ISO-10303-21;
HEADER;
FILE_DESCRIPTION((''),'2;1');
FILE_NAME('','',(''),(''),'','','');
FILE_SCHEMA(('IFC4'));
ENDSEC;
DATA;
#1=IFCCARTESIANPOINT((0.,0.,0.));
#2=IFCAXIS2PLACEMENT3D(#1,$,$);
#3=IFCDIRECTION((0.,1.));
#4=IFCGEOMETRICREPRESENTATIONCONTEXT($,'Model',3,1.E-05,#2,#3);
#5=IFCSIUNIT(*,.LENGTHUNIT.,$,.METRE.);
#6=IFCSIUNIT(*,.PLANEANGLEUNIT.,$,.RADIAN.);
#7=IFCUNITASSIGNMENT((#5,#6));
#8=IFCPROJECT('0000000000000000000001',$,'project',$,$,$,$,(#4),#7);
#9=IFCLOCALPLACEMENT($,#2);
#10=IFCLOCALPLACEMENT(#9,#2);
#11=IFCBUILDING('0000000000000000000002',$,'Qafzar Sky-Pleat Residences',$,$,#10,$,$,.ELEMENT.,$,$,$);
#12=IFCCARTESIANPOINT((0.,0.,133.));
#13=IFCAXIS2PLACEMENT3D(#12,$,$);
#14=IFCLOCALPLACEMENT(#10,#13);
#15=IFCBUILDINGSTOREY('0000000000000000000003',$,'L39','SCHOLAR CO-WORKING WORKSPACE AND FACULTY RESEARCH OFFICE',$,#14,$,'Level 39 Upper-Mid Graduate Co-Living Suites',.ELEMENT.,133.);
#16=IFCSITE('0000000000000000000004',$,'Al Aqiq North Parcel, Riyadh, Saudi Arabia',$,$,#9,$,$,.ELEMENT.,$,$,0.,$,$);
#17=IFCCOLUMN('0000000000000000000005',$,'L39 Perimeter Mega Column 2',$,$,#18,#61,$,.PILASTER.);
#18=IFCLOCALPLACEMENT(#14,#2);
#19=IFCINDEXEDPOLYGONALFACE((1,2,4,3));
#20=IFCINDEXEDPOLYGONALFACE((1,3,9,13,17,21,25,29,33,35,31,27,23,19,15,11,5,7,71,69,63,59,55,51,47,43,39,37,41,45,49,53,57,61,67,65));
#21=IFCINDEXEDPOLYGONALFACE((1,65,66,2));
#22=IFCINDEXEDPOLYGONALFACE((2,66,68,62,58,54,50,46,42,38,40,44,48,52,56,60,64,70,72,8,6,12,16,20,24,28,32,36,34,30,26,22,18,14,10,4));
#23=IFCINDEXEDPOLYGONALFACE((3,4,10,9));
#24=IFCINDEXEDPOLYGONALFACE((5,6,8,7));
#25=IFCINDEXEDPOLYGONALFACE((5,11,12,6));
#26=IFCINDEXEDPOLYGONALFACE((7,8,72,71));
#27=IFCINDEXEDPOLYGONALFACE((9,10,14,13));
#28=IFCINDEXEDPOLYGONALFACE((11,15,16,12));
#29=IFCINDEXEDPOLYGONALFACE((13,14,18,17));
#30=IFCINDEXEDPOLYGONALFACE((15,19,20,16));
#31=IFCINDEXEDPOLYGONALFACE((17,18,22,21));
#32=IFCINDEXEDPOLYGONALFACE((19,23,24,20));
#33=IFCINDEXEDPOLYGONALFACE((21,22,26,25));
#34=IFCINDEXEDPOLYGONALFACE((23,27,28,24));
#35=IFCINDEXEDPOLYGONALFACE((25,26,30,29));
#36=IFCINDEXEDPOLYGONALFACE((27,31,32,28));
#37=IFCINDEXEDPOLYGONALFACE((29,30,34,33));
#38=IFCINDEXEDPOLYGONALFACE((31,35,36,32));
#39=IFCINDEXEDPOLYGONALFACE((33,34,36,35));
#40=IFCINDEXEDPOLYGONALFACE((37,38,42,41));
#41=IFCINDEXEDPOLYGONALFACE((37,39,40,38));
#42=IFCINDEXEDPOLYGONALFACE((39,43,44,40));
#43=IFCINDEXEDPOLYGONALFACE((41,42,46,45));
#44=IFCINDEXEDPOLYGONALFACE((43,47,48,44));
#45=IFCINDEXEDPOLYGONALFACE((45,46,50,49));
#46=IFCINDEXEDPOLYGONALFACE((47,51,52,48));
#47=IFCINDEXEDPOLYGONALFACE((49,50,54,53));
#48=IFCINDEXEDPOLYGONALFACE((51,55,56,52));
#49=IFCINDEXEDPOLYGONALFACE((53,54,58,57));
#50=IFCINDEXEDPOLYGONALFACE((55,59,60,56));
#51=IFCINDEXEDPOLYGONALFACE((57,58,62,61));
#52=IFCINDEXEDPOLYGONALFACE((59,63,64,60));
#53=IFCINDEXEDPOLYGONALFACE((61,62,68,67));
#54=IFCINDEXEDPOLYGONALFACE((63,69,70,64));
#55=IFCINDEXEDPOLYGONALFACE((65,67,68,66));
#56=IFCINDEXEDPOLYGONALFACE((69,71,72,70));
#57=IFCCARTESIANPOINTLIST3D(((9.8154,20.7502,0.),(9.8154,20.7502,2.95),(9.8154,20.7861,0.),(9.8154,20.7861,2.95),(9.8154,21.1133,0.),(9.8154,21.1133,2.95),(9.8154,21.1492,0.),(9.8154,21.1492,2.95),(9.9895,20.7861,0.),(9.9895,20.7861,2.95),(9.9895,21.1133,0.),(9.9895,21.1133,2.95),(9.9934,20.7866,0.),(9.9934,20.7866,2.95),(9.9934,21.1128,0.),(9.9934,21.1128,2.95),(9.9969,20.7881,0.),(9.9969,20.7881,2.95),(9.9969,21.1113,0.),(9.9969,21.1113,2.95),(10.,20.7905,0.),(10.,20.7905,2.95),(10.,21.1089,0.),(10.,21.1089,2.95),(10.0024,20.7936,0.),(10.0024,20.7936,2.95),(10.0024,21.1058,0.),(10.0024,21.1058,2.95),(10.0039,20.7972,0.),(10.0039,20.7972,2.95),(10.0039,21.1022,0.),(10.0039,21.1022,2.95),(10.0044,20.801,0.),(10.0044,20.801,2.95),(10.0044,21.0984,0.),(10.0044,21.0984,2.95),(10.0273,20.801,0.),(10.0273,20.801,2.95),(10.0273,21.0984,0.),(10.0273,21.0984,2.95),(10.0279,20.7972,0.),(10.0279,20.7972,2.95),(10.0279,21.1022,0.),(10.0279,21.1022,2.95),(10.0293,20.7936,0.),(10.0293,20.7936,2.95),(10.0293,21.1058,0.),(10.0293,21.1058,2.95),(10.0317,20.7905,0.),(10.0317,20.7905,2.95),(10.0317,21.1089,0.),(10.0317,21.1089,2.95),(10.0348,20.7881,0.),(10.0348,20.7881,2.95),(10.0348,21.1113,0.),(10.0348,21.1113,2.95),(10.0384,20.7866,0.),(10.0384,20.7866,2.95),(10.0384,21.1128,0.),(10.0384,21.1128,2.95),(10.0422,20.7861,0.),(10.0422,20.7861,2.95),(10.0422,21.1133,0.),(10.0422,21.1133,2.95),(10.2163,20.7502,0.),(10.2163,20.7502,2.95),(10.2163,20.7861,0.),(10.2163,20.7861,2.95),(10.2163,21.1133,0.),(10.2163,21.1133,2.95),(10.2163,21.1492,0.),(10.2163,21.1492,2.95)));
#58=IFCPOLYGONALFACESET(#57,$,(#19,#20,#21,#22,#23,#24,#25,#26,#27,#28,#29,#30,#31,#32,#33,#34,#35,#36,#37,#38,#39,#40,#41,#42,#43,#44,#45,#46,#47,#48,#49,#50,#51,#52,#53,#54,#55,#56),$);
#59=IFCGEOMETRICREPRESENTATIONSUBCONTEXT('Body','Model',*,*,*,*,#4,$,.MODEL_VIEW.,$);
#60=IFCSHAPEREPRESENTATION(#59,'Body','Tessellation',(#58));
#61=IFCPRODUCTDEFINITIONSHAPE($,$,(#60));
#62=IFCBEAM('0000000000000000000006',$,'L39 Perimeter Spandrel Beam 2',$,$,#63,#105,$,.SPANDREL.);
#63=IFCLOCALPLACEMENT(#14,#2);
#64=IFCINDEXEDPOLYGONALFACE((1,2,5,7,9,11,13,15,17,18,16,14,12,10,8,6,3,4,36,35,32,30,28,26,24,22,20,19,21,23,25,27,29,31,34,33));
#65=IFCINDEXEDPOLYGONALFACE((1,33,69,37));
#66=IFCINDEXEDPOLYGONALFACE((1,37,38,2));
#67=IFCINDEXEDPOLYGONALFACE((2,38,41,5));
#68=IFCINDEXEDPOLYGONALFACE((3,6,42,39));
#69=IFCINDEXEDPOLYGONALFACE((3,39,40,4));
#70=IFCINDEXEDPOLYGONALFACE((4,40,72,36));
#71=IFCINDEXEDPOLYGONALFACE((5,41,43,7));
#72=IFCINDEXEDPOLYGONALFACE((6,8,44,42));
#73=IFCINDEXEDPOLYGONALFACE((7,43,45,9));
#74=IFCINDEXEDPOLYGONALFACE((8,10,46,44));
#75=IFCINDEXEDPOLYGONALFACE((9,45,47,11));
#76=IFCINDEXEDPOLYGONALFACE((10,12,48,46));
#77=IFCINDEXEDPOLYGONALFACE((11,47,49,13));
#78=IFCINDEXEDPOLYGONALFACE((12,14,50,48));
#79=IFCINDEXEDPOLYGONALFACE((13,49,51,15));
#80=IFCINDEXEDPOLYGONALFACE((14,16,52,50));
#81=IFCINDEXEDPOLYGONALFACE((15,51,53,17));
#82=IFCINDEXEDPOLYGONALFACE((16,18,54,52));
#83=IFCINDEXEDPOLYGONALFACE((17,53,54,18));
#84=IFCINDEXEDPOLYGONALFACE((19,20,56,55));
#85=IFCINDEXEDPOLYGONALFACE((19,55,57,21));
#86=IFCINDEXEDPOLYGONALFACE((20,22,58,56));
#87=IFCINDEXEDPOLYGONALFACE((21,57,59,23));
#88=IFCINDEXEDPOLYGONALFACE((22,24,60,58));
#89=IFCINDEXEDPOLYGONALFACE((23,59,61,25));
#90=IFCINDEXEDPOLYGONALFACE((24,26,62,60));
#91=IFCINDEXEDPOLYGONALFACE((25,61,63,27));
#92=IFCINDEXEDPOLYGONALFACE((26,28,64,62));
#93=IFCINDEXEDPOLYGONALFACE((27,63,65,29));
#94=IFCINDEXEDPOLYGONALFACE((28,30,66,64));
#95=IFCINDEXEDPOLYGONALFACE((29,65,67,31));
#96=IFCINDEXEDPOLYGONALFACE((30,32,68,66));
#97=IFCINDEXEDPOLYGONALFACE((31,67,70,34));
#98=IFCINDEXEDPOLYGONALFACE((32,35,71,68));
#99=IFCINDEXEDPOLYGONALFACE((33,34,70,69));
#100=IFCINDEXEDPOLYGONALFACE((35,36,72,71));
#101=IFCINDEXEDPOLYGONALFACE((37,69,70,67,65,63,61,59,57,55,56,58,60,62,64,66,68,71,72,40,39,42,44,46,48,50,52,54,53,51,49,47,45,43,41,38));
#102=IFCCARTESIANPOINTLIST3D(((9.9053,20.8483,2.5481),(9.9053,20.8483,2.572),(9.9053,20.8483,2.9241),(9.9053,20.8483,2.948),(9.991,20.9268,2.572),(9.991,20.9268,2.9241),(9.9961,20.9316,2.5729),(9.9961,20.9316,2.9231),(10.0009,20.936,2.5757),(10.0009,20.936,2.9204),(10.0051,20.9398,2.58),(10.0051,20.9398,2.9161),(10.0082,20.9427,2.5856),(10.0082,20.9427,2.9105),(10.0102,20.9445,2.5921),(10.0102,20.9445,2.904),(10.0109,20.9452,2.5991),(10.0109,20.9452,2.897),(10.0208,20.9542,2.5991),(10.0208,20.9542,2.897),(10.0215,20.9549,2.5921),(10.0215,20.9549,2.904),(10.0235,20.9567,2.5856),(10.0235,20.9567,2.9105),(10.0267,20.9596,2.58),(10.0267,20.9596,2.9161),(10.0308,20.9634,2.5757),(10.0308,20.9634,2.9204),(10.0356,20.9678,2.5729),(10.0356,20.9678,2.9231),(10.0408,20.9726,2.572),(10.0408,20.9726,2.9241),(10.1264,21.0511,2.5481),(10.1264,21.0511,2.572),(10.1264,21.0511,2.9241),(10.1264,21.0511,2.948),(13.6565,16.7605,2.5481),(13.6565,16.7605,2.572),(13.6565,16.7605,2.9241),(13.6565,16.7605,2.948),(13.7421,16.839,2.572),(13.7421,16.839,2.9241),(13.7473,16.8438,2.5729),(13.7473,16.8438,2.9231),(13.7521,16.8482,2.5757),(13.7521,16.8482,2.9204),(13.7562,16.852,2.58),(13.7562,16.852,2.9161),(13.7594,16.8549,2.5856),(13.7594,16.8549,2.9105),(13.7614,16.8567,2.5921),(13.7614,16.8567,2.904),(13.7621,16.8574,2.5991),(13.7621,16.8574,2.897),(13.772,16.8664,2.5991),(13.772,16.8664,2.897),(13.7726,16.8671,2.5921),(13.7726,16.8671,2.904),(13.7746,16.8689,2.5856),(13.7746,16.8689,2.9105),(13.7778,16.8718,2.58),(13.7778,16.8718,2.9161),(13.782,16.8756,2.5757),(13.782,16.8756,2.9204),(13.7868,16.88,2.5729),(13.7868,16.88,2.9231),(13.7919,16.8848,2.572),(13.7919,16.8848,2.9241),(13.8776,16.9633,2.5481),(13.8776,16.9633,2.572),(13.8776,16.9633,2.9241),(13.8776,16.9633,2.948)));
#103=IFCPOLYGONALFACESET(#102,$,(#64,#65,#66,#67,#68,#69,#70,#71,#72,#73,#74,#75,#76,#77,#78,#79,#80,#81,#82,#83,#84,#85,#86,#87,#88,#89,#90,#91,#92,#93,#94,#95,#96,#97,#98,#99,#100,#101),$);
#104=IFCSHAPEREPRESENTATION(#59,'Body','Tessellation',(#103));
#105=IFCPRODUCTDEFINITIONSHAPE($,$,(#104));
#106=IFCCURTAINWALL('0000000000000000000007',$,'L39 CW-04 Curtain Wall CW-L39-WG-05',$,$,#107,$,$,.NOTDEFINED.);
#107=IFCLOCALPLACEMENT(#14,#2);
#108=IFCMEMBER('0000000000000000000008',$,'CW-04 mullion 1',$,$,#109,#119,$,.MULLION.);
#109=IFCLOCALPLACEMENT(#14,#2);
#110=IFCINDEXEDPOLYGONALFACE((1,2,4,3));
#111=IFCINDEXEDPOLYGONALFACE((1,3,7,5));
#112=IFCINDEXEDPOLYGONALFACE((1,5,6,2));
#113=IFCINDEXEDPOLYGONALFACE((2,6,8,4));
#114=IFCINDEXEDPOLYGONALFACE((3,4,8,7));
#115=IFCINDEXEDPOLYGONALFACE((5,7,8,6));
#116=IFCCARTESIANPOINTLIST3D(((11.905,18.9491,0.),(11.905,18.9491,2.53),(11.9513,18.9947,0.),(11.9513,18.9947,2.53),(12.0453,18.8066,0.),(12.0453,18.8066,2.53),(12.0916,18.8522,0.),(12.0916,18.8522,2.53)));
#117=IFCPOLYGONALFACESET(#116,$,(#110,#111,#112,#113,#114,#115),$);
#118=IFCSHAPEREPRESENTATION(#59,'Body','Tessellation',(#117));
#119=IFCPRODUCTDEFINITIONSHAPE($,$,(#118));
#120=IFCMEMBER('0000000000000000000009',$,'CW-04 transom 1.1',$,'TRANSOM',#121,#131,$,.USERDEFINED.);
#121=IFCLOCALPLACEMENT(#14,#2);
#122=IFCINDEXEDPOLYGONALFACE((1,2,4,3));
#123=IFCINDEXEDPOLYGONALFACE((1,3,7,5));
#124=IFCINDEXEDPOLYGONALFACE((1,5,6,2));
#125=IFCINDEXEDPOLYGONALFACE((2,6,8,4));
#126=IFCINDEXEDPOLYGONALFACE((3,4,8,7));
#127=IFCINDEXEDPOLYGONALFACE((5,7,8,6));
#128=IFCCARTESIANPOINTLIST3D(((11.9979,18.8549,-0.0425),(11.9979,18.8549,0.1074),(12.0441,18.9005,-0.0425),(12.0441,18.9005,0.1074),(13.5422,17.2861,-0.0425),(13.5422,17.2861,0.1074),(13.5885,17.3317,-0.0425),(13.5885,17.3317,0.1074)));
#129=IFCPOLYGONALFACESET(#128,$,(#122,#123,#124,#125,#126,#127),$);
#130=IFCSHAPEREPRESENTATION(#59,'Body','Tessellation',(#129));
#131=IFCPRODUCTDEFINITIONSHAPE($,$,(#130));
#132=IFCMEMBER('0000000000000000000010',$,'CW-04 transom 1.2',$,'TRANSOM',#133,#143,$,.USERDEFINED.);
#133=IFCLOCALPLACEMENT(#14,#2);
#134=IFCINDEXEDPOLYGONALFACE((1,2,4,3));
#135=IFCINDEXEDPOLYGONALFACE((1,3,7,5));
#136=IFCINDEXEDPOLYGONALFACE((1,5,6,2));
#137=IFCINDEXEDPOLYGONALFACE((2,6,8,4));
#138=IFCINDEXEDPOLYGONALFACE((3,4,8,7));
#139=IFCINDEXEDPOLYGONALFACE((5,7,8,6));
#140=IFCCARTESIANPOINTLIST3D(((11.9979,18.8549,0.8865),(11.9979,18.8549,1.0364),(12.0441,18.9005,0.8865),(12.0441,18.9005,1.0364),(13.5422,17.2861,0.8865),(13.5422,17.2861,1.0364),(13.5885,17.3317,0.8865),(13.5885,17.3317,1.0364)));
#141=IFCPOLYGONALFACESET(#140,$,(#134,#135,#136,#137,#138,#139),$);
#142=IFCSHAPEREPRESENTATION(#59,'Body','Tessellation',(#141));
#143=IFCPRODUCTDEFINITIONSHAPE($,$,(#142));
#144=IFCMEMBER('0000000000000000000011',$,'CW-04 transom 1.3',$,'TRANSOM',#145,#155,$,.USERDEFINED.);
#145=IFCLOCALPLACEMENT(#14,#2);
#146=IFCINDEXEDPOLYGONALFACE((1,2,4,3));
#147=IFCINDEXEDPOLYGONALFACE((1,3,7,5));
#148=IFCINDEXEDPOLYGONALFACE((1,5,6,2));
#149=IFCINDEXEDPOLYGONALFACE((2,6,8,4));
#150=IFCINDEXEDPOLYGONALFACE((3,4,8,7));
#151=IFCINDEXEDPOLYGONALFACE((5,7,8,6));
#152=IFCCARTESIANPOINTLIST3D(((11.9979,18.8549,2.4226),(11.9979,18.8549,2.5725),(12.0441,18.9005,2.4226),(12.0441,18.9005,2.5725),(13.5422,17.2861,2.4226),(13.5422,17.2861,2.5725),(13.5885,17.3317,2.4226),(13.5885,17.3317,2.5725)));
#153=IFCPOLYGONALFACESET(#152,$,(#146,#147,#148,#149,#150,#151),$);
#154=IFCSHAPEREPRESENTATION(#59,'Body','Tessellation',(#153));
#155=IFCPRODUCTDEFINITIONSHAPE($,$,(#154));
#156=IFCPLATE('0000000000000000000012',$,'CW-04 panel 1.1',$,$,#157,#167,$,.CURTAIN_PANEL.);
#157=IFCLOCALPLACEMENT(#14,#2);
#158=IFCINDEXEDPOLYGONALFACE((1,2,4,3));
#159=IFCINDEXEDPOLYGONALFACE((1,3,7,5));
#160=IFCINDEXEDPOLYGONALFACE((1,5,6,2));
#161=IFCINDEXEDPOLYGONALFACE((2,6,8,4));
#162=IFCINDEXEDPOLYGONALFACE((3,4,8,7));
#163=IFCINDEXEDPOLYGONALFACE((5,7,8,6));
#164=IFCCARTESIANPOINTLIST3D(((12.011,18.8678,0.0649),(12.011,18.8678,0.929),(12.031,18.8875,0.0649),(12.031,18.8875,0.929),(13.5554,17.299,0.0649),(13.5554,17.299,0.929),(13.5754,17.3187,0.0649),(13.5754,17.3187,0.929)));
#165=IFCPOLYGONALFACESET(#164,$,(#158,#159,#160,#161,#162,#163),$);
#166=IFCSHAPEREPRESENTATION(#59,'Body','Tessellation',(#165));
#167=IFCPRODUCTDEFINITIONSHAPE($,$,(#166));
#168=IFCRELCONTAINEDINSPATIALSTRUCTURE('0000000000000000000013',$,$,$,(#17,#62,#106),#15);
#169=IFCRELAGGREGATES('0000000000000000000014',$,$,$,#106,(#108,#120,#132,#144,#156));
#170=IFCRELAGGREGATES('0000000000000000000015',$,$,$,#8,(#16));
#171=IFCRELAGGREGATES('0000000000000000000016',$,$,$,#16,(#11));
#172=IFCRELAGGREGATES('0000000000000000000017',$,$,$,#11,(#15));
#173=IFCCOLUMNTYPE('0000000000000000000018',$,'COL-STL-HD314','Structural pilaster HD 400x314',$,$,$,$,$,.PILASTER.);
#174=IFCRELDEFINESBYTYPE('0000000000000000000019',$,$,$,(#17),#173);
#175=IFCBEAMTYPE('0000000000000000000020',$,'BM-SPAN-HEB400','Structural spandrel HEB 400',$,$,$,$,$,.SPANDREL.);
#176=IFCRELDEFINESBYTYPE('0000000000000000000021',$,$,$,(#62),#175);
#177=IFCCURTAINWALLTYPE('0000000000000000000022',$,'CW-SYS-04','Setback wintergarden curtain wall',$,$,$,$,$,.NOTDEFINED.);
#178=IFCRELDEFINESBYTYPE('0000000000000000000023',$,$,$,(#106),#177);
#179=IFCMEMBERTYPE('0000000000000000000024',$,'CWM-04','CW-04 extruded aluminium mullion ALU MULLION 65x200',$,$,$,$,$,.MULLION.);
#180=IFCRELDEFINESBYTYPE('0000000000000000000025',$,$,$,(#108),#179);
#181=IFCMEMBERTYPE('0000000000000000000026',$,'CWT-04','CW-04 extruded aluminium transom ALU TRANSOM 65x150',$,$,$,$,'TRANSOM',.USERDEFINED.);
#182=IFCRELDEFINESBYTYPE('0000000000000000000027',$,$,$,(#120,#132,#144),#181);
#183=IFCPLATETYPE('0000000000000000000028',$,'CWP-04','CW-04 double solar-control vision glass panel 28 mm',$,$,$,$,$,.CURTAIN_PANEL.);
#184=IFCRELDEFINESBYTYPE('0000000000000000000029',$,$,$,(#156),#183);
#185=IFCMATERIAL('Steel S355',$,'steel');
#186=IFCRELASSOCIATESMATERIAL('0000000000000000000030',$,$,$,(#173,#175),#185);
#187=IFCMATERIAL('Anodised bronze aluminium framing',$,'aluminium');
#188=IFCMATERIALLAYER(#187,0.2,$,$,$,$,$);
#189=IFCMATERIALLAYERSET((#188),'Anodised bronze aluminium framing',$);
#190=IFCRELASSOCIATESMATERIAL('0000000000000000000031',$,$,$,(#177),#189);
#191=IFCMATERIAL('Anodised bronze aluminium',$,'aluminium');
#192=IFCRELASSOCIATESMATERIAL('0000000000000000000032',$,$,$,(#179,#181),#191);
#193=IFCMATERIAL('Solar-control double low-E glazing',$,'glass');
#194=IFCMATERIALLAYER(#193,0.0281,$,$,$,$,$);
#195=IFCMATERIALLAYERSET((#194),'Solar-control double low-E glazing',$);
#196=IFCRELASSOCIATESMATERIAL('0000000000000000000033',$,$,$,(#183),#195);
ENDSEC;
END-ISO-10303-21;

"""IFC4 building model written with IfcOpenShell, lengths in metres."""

from ifc_helpers import new_model, si_unit, direction, frame, origin, origin_2d, place, context, subcontext, project, spatial, rectangle, i_section, extrude, source, transform, mapped, material, layer, layer_set, material_profile, profile_set, type_object, element, aggregate, save


model = new_model("IFC4")

# Units and contexts
model_context = context("Model", 3, precision=1e-05, world=origin(), true_north=direction((0.0, 1.0)))
body_context = subcontext(model_context, "Body", "Model", "MODEL_VIEW")
ifc_project = project(units=[si_unit("LENGTHUNIT", "METRE"), si_unit("PLANEANGLEUNIT", "RADIAN")], contexts=[model_context])

# Site, building, storey
site_placement = place(None, origin())
site = spatial("IfcSite", under=ifc_project, at=site_placement, Name="Al Aqiq North Parcel, Riyadh, Saudi Arabia", CompositionType="ELEMENT", RefElevation=0.0)
building_placement = place(site_placement, origin())
building = spatial("IfcBuilding", under=site, at=building_placement, Name="Qafzar Sky-Pleat Residences", CompositionType="ELEMENT")
storey_placement = place(building_placement, frame((0.0, 0.0, 133.0)))
storey = spatial("IfcBuildingStorey", under=building, at=storey_placement, Name="L39", Description="SCHOLAR CO-WORKING WORKSPACE AND FACULTY RESEARCH OFFICE", LongName="Level 39 Upper-Mid Graduate Co-Living Suites", CompositionType="ELEMENT", Elevation=133.0)

# Column
ifc_material_1 = material(Name="Steel S355", Category="steel")
ifc_material_profile_1 = material_profile(ifc_material_1, i_section(OverallWidth=0.4009, OverallDepth=0.3989, WebThickness=0.0229, FlangeThickness=0.0359, FilletRadius=0.0149, at=origin_2d()), Name="HD 400x314")
ifc_profile_set_1 = profile_set([ifc_material_profile_1], Name="Steel S355")
column_type = type_object("IfcColumnType", Name="COL-STL-HD314", Description="Structural pilaster HD 400x314", PredefinedType="PILASTER", material=ifc_profile_set_1)
shared_shape_1 = source(origin(), body_context, "Body", "SweptSolid", [
    extrude(i_section(OverallWidth=0.4009, OverallDepth=0.3989, WebThickness=0.0229, FlangeThickness=0.0359, FilletRadius=0.0149, at=origin_2d()), origin(), (0.0, 0.0, 1.0), 2.95),
])
column_placement = place(storey_placement, frame((10.0159, 20.9497, 0.0), z_axis=(0.0, 0.0, 1.0), x_axis=(1.0, 0.0, 0.0)))
element("IfcColumn", 1, at=column_placement, inside=storey, type_object=column_type, Name="L39 Perimeter Mega Column 2", PredefinedType="PILASTER", context=body_context, shape_type="MappedRepresentation", body=[
    mapped(shared_shape_1, transform((0.0, 0.0, 0.0), x_axis=(1.0, 0.0, 0.0), y_axis=(0.0, 1.0, 0.0), z_axis=(0.0, 0.0, 1.0), scale=1.0)),
])

# Beam
ifc_material_profile_2 = material_profile(ifc_material_1, i_section(OverallWidth=0.3, OverallDepth=0.3999, WebThickness=0.0134, FlangeThickness=0.0239, FilletRadius=0.0271, at=origin_2d()), Name="HEB 400")
ifc_profile_set_2 = profile_set([ifc_material_profile_2], Name="Steel S355")
beam_type = type_object("IfcBeamType", Name="BM-SPAN-HEB400", Description="Structural spandrel HEB 400", PredefinedType="SPANDREL", material=ifc_profile_set_2)
shared_shape_2 = source(origin(), body_context, "Body", "SweptSolid", [
    extrude(i_section(OverallWidth=0.3, OverallDepth=0.3999, WebThickness=0.0134, FlangeThickness=0.0239, FilletRadius=0.0271, at=origin_2d()), origin(), (0.0, 0.0, 1.0), 5.5481),
])
beam_placement = place(storey_placement, frame((10.0159, 20.9497, 2.748), z_axis=(0.676115, -0.736796, 0.0), x_axis=(0.736796, 0.676115, 0.0)))
element("IfcBeam", 2, at=beam_placement, inside=storey, type_object=beam_type, Name="L39 Perimeter Spandrel Beam 2", PredefinedType="SPANDREL", context=body_context, shape_type="MappedRepresentation", body=[
    mapped(shared_shape_2, transform((0.0, 0.0, 0.0), x_axis=(1.0, 0.0, 0.0), y_axis=(0.0, 1.0, 0.0), z_axis=(0.0, 0.0, 1.0), scale=1.0)),
])

# Curtain wall, members, plate
ifc_material_2 = material(Name="Anodised bronze aluminium framing", Category="aluminium")
ifc_layer_1 = layer(ifc_material_2, 0.2)
ifc_layer_set_1 = layer_set([ifc_layer_1], Name="Anodised bronze aluminium framing")
curtain_wall_type = type_object("IfcCurtainWallType", Name="CW-SYS-04", Description="Setback wintergarden curtain wall", PredefinedType="NOTDEFINED", material=ifc_layer_set_1)
curtain_wall_placement = place(storey_placement, origin())
curtain_wall = element("IfcCurtainWall", 3, at=curtain_wall_placement, inside=storey, type_object=curtain_wall_type, Name="L39 CW-04 Curtain Wall CW-L39-WG-05", PredefinedType="NOTDEFINED")
ifc_material_3 = material(Name="Anodised bronze aluminium", Category="aluminium")
ifc_material_profile_3 = material_profile(ifc_material_3, rectangle(XDim=0.0649, YDim=0.2, at=origin_2d()), Name="ALU MULLION 65x200")
ifc_profile_set_3 = profile_set([ifc_material_profile_3], Name="Anodised bronze aluminium")
member_type_1 = type_object("IfcMemberType", Name="CWM-04", Description="CW-04 extruded aluminium mullion ALU MULLION 65x200", PredefinedType="MULLION", material=ifc_profile_set_3)
shared_shape_3 = source(origin(), body_context, "Body", "SweptSolid", [
    extrude(rectangle(XDim=0.0649, YDim=0.2, at=origin_2d()), origin(), (0.0, 0.0, 1.0), 2.53),
])
member_1_placement = place(storey_placement, frame((11.9983, 18.9006, 0.0), z_axis=(0.0, 0.0, 1.0), x_axis=(0.712618, 0.701552, 0.0)))
member_1 = element("IfcMember", 4, at=member_1_placement, type_object=member_type_1, Name="CW-04 mullion 1", PredefinedType="MULLION", context=body_context, shape_type="MappedRepresentation", body=[
    mapped(shared_shape_3, transform((0.0, 0.0, 0.0), x_axis=(1.0, 0.0, 0.0), y_axis=(0.0, 1.0, 0.0), z_axis=(0.0, 0.0, 1.0), scale=1.0)),
])
ifc_material_profile_4 = material_profile(ifc_material_3, rectangle(XDim=0.0649, YDim=0.1499, at=origin_2d()), Name="ALU TRANSOM 65x150")
ifc_profile_set_4 = profile_set([ifc_material_profile_4], Name="Anodised bronze aluminium")
member_type_2 = type_object("IfcMemberType", Name="CWT-04", Description="CW-04 extruded aluminium transom ALU TRANSOM 65x150", ElementType="TRANSOM", PredefinedType="USERDEFINED", material=ifc_profile_set_4)
shared_shape_4 = source(origin(), body_context, "Body", "SweptSolid", [
    extrude(rectangle(XDim=0.0649, YDim=0.1499, at=origin_2d()), origin(), (0.0, 0.0, 1.0), 2.2014),
])
member_2_placement = place(storey_placement, frame((12.021, 18.8777, 0.0325), z_axis=(0.70154, -0.71263, 0.0), x_axis=(0.71263, 0.70154, 0.0)))
member_2 = element("IfcMember", 5, at=member_2_placement, type_object=member_type_2, Name="CW-04 transom 1.1", ObjectType="TRANSOM", PredefinedType="USERDEFINED", context=body_context, shape_type="MappedRepresentation", body=[
    mapped(shared_shape_4, transform((0.0, 0.0, 0.0), x_axis=(1.0, 0.0, 0.0), y_axis=(0.0, 1.0, 0.0), z_axis=(0.0, 0.0, 1.0), scale=1.0)),
])
member_3_placement = place(storey_placement, frame((12.021, 18.8777, 0.9614), z_axis=(0.70154, -0.71263, 0.0), x_axis=(0.71263, 0.70154, 0.0)))
member_3 = element("IfcMember", 6, at=member_3_placement, type_object=member_type_2, Name="CW-04 transom 1.2", ObjectType="TRANSOM", PredefinedType="USERDEFINED", context=body_context, shape_type="MappedRepresentation", body=[
    mapped(shared_shape_4, transform((0.0, 0.0, 0.0), x_axis=(1.0, 0.0, 0.0), y_axis=(0.0, 1.0, 0.0), z_axis=(0.0, 0.0, 1.0), scale=1.0)),
])
member_4_placement = place(storey_placement, frame((12.021, 18.8777, 2.4976), z_axis=(0.70154, -0.71263, 0.0), x_axis=(0.71263, 0.70154, 0.0)))
member_4 = element("IfcMember", 7, at=member_4_placement, type_object=member_type_2, Name="CW-04 transom 1.3", ObjectType="TRANSOM", PredefinedType="USERDEFINED", context=body_context, shape_type="MappedRepresentation", body=[
    mapped(shared_shape_4, transform((0.0, 0.0, 0.0), x_axis=(1.0, 0.0, 0.0), y_axis=(0.0, 1.0, 0.0), z_axis=(0.0, 0.0, 1.0), scale=1.0)),
])
ifc_material_4 = material(Name="Solar-control double low-E glazing", Category="glass")
ifc_layer_2 = layer(ifc_material_4, 0.0281)
ifc_layer_set_2 = layer_set([ifc_layer_2], Name="Solar-control double low-E glazing")
plate_type = type_object("IfcPlateType", Name="CWP-04", Description="CW-04 double solar-control vision glass panel 28 mm", PredefinedType="CURTAIN_PANEL", material=ifc_layer_set_2)
shared_shape_5 = source(origin(), body_context, "Body", "SweptSolid", [
    extrude(rectangle(XDim=2.2014, YDim=0.0281, at=origin_2d()), origin(), (0.0, 0.0, 1.0), 0.864),
])
plate_placement = place(storey_placement, frame((12.7932, 18.0933, 0.0649), z_axis=(0.0, 0.0, 1.0), x_axis=(0.701552, -0.712618, 0.0)))
plate = element("IfcPlate", 8, at=plate_placement, type_object=plate_type, Name="CW-04 panel 1.1", PredefinedType="CURTAIN_PANEL", context=body_context, shape_type="MappedRepresentation", body=[
    mapped(shared_shape_5, transform((0.0, 0.0, 0.0), x_axis=(1.0, 0.0, 0.0), y_axis=(0.0, 1.0, 0.0), z_axis=(0.0, 0.0, 1.0), scale=1.0)),
])
aggregate(curtain_wall, [member_1, member_2, member_3, member_4, plate])

save(model, "model.ifc")
